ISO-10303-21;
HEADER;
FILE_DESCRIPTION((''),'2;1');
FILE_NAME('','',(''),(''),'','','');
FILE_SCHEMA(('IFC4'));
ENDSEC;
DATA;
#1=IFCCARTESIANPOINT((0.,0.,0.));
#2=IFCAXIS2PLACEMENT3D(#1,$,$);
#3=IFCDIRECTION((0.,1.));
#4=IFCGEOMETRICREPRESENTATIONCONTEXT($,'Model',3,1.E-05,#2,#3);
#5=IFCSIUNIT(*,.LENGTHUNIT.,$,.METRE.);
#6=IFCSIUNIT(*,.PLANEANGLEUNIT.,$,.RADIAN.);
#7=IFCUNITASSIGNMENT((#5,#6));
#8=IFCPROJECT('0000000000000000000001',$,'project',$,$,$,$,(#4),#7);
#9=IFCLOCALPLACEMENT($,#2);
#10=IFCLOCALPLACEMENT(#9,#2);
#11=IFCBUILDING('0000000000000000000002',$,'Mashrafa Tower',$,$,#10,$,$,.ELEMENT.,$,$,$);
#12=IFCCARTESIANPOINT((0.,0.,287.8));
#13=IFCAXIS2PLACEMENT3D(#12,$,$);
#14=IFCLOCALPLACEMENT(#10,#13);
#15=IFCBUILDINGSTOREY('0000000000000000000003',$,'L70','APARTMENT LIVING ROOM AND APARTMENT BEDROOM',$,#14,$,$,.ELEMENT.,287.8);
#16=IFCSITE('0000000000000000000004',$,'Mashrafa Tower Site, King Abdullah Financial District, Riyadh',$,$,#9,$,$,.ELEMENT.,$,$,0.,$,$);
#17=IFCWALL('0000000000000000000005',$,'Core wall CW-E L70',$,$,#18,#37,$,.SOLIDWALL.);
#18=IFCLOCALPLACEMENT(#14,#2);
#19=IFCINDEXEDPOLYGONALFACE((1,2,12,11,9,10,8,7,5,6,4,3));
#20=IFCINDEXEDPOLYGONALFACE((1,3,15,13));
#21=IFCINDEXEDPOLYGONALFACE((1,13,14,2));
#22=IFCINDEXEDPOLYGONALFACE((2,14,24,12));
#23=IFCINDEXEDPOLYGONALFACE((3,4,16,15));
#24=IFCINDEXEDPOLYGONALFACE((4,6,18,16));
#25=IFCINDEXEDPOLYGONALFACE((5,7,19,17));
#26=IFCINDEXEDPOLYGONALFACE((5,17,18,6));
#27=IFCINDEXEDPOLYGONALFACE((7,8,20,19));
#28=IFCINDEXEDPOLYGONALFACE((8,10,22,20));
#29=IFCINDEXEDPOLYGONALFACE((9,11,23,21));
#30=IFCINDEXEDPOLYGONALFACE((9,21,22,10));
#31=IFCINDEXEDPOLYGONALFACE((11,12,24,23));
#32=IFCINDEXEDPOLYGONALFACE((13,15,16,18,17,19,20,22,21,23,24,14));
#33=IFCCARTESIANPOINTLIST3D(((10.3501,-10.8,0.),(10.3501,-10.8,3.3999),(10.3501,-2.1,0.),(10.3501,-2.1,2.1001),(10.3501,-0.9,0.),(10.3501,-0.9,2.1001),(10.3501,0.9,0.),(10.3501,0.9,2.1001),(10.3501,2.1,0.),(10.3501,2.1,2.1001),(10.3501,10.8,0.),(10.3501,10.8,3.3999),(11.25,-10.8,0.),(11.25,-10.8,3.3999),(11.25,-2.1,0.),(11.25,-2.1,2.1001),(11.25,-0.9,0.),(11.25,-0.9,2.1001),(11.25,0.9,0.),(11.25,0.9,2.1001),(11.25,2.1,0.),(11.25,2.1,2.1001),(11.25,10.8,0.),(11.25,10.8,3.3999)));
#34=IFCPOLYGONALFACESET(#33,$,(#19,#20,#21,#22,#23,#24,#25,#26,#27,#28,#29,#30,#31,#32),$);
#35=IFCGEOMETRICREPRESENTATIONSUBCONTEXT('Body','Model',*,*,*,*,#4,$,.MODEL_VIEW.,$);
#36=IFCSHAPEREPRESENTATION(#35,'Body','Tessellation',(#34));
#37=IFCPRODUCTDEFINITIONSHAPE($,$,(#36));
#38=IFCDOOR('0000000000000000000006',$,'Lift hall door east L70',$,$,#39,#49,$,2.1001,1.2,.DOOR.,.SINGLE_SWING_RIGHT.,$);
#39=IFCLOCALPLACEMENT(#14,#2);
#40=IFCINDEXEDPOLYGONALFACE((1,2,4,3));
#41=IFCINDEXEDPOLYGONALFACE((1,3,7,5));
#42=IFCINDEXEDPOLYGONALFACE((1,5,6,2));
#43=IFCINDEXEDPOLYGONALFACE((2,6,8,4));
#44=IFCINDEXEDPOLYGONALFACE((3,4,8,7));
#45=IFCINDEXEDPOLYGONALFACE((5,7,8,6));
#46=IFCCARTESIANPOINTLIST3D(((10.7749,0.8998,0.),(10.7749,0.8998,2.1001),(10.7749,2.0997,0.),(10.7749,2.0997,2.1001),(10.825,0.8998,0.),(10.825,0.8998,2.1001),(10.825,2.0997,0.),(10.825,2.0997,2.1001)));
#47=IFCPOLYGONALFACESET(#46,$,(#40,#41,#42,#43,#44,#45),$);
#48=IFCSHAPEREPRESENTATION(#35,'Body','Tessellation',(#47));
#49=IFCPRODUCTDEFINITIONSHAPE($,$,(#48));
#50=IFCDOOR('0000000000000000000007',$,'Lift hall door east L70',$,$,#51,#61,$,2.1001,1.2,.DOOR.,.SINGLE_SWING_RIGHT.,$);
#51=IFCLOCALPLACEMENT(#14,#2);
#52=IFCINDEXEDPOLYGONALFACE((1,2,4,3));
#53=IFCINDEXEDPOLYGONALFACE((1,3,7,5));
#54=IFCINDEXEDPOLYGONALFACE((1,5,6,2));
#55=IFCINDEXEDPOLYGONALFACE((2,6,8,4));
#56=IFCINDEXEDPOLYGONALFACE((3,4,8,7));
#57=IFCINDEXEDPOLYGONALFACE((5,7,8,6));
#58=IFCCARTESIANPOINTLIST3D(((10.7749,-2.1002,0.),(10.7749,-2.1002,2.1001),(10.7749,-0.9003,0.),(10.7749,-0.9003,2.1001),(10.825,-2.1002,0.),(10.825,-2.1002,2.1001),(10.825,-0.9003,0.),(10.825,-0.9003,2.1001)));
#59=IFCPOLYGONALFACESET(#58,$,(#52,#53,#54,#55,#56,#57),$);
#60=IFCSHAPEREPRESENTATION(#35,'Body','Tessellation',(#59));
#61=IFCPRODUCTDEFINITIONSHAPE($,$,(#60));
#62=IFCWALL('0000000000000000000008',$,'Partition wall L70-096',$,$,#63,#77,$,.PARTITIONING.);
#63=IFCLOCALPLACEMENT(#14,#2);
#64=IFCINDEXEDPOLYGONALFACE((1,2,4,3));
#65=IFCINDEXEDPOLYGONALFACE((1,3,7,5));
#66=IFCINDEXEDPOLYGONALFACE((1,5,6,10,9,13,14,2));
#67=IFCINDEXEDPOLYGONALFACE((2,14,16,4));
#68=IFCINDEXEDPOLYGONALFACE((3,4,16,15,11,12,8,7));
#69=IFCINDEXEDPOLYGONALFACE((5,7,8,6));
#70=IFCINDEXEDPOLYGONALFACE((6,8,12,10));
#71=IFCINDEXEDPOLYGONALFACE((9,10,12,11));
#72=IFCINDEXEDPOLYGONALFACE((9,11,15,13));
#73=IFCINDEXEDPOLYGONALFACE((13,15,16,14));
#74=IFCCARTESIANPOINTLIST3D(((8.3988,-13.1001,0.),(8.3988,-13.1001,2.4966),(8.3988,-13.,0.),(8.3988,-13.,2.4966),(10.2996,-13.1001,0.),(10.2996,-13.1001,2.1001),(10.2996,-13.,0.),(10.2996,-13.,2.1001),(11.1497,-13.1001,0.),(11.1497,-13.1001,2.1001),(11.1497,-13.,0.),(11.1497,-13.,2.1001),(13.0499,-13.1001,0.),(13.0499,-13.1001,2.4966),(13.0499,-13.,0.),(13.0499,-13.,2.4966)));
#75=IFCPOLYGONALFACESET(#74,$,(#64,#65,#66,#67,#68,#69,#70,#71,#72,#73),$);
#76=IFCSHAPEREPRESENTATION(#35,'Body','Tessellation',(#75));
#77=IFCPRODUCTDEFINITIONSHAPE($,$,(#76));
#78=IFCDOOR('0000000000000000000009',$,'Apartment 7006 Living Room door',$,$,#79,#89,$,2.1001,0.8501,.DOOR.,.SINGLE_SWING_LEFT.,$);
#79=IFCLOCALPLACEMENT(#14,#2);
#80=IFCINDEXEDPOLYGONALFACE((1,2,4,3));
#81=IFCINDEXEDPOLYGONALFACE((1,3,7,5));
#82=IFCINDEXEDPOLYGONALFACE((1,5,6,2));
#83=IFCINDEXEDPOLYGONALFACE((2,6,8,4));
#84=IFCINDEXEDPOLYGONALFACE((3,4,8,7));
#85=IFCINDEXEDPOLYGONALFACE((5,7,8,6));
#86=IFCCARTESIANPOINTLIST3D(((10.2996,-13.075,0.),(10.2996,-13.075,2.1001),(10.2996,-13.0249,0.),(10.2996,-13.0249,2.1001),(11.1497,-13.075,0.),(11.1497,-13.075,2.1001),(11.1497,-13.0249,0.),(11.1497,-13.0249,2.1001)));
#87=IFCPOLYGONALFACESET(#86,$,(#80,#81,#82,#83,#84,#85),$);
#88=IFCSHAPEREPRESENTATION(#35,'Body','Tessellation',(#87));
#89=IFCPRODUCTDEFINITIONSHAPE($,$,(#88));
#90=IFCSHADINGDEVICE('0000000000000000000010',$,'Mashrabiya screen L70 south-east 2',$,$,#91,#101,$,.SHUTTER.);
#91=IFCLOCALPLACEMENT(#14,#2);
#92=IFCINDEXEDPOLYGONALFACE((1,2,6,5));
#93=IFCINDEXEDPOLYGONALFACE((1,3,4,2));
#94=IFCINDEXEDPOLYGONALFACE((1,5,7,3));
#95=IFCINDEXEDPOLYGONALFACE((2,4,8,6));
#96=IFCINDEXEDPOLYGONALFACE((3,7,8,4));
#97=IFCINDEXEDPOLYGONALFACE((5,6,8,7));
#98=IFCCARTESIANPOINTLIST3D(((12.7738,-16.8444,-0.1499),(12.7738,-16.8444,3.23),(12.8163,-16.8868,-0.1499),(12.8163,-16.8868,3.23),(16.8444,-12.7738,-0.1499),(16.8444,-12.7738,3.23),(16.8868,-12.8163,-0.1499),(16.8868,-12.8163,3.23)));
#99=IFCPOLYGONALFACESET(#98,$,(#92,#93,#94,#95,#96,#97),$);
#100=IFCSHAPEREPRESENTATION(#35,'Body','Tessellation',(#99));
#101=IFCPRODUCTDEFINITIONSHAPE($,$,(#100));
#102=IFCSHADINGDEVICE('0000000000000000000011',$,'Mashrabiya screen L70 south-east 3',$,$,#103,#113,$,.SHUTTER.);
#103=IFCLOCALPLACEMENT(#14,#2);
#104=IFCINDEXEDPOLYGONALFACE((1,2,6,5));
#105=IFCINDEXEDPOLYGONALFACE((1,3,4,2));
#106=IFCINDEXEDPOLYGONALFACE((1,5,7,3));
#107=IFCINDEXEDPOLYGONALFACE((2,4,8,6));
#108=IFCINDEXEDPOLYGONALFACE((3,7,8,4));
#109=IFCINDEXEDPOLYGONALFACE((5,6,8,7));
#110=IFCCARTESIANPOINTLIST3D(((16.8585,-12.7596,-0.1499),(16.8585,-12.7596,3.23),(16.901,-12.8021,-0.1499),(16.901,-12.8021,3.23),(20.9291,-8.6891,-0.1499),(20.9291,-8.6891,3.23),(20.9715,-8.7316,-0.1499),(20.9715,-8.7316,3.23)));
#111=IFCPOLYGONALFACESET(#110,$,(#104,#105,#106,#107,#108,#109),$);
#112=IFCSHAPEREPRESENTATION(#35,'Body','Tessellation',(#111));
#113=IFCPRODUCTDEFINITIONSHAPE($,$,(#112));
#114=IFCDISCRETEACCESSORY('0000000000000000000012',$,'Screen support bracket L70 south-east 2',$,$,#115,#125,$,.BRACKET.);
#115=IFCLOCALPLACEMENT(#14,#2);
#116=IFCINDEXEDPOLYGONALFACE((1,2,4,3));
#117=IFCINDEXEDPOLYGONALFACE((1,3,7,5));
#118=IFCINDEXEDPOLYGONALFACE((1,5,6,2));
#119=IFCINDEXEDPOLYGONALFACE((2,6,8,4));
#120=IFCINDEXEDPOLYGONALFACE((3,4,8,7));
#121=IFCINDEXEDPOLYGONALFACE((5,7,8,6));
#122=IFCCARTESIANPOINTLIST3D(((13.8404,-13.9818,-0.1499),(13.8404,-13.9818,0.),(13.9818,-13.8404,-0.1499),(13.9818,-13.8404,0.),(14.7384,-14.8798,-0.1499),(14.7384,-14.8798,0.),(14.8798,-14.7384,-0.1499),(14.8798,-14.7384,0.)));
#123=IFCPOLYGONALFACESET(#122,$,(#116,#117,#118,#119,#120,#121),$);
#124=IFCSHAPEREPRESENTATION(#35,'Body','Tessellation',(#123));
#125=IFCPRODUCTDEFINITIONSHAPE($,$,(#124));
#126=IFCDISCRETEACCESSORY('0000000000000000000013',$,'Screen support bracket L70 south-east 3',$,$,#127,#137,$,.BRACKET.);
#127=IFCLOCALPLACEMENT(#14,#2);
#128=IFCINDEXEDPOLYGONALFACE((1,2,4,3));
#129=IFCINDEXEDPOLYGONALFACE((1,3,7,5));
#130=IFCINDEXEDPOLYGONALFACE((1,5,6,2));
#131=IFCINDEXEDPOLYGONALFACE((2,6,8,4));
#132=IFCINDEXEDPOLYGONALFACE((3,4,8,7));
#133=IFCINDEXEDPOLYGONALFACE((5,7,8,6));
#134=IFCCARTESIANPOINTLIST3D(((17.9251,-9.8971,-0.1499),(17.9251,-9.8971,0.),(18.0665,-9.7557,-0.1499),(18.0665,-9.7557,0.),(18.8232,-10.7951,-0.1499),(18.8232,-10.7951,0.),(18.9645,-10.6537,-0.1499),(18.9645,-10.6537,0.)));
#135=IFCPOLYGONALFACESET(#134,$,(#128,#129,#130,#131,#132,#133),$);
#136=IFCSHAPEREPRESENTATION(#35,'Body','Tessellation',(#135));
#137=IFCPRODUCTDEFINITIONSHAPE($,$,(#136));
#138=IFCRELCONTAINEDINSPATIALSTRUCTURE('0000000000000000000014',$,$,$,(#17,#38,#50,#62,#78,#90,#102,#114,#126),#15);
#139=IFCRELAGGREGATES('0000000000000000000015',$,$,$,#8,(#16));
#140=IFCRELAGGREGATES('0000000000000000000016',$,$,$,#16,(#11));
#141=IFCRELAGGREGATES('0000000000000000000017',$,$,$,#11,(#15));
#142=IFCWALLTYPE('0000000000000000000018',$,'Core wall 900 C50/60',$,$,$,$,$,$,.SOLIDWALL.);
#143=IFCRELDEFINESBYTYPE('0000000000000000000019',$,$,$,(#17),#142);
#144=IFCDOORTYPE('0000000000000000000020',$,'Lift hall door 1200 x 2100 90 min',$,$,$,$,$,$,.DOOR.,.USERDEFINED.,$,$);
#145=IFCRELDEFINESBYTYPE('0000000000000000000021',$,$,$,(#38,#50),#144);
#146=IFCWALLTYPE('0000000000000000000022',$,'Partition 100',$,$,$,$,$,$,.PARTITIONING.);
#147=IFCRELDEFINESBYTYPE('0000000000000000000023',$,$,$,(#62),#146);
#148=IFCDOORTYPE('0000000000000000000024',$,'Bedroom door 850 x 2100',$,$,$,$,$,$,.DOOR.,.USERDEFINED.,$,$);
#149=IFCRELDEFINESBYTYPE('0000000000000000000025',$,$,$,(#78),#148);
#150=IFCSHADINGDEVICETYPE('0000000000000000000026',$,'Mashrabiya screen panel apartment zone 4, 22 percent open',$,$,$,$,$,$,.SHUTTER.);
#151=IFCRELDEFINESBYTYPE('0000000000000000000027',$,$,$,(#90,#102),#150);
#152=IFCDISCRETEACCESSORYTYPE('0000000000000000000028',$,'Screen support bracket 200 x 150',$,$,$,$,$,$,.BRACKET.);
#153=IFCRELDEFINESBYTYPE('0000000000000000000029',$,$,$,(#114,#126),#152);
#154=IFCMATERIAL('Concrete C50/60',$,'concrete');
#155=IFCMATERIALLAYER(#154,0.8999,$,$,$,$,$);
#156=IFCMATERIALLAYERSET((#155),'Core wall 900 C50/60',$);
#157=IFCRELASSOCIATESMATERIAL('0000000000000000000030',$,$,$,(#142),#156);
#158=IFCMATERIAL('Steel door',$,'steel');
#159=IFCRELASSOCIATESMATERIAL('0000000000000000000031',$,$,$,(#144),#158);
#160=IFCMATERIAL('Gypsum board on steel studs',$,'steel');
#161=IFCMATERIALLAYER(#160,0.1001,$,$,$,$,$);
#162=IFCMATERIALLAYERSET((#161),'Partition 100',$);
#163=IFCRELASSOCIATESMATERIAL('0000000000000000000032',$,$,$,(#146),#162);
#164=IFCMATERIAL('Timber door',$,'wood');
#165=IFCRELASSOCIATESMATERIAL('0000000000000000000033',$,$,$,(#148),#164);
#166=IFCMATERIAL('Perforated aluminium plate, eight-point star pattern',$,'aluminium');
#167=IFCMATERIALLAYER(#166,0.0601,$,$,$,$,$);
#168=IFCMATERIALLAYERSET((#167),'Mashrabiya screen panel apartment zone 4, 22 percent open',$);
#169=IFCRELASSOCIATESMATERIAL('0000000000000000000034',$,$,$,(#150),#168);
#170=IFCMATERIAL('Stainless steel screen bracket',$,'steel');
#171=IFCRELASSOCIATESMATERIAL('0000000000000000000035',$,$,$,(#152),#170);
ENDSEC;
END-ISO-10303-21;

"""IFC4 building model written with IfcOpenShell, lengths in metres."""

from ifc_helpers import new_model, si_unit, direction, frame, frame_2d, origin, origin_2d, place, context, subcontext, project, spatial, rectangle, extrude, source, transform, mapped, material, layer, layer_set, type_object, type_shapes, element, fill, save


model = new_model("IFC4")

# Units and contexts
model_context = context("Model", 3, precision=1e-05, world=origin(), true_north=direction((0.0, 1.0)))
body_context = subcontext(model_context, "Body", "Model", "MODEL_VIEW")
ifc_project = project(units=[si_unit("LENGTHUNIT", "METRE"), si_unit("PLANEANGLEUNIT", "RADIAN")], contexts=[model_context])

# Site, building, storey
site_placement = place(None, origin())
site = spatial("IfcSite", under=ifc_project, at=site_placement, Name="Mashrafa Tower Site, King Abdullah Financial District, Riyadh", CompositionType="ELEMENT", RefElevation=0.0)
building_placement = place(site_placement, origin())
building = spatial("IfcBuilding", under=site, at=building_placement, Name="Mashrafa Tower", CompositionType="ELEMENT")
storey_placement = place(building_placement, frame((0.0, 0.0, 287.8)))
storey = spatial("IfcBuildingStorey", under=building, at=storey_placement, Name="L70", Description="APARTMENT LIVING ROOM AND APARTMENT BEDROOM", CompositionType="ELEMENT", Elevation=287.8)

# Wall, openings, doors
ifc_material_1 = material(Name="Concrete C50/60", Category="concrete")
ifc_layer_1 = layer(ifc_material_1, 0.8999)
ifc_layer_set_1 = layer_set([ifc_layer_1], Name="Core wall 900 C50/60")
wall_type_1 = type_object("IfcWallType", Name="Core wall 900 C50/60", PredefinedType="SOLIDWALL", material=ifc_layer_set_1)
wall_1_placement = place(storey_placement, frame((10.8, -10.8, 0.0), z_axis=(0.0, 0.0, 1.0), x_axis=(0.0, 1.0, 0.0)))
wall_1 = element("IfcWall", 1, at=wall_1_placement, inside=storey, type_object=wall_type_1, Name="Core wall CW-E L70", PredefinedType="SOLIDWALL", context=body_context, shape_type="SweptSolid", body=[
    extrude(rectangle(XDim=21.6001, YDim=0.8999, at=frame_2d((10.8, 0.0))), origin(), (0.0, 0.0, 1.0), 3.3999),
])
opening_1_placement = place(wall_1_placement, frame((11.7, 0.0, 0.0)))
opening_1 = element("IfcOpeningElement", 2, at=opening_1_placement, cuts=wall_1, PredefinedType="OPENING", context=body_context, shape_type="SweptSolid", body=[
    extrude(rectangle(XDim=1.2, YDim=2.1001, at=frame_2d((0.6001, 1.05))), frame((0.0, 0.46, 0.0), z_axis=(0.0, -1.0, 0.0), x_axis=(1.0, 0.0, 0.0)), (0.0, 0.0, 1.0), 0.9199),
])
opening_2_placement = place(wall_1_placement, frame((8.7, 0.0, 0.0)))
opening_2 = element("IfcOpeningElement", 3, at=opening_2_placement, cuts=wall_1, PredefinedType="OPENING", context=body_context, shape_type="SweptSolid", body=[
    extrude(rectangle(XDim=1.2, YDim=2.1001, at=frame_2d((0.6001, 1.05))), frame((0.0, 0.46, 0.0), z_axis=(0.0, -1.0, 0.0), x_axis=(1.0, 0.0, 0.0)), (0.0, 0.0, 1.0), 0.9199),
])
ifc_material_2 = material(Name="Steel door", Category="steel")
door_type_1 = type_object("IfcDoorType", Name="Lift hall door 1200 x 2100 90 min", OperationType="USERDEFINED", PredefinedType="DOOR", material=ifc_material_2)
door_1_placement = place(opening_1_placement, frame((1.2, 0.0, 0.0), z_axis=(0.0, 0.0, 1.0), x_axis=(-1.0, 0.0, 0.0)))
door_1 = element("IfcDoor", 4, at=door_1_placement, inside=storey, type_object=door_type_1, Name="Lift hall door east L70", OperationType="SINGLE_SWING_RIGHT", OverallHeight=2.1001, OverallWidth=1.2, PredefinedType="DOOR", context=body_context, shape_type="SweptSolid", body=[
    extrude(rectangle(XDim=1.2, YDim=2.1001, at=frame_2d((0.6001, 1.05))), frame((0.0, 0.0249, 0.0), z_axis=(0.0, -1.0, 0.0), x_axis=(1.0, 0.0, 0.0)), (0.0, 0.0, 1.0), 0.05),
])
fill(opening_1, door_1)
door_2_placement = place(opening_2_placement, frame((1.2, 0.0, 0.0), z_axis=(0.0, 0.0, 1.0), x_axis=(-1.0, 0.0, 0.0)))
door_2 = element("IfcDoor", 5, at=door_2_placement, inside=storey, type_object=door_type_1, Name="Lift hall door east L70", OperationType="SINGLE_SWING_RIGHT", OverallHeight=2.1001, OverallWidth=1.2, PredefinedType="DOOR", context=body_context, shape_type="SweptSolid", body=[
    extrude(rectangle(XDim=1.2, YDim=2.1001, at=frame_2d((0.6001, 1.05))), frame((0.0, 0.0249, 0.0), z_axis=(0.0, -1.0, 0.0), x_axis=(1.0, 0.0, 0.0)), (0.0, 0.0, 1.0), 0.05),
])
fill(opening_2, door_2)

# Wall, opening, door
ifc_material_3 = material(Name="Gypsum board on steel studs", Category="steel")
ifc_layer_2 = layer(ifc_material_3, 0.1001)
ifc_layer_set_2 = layer_set([ifc_layer_2], Name="Partition 100")
wall_type_2 = type_object("IfcWallType", Name="Partition 100", PredefinedType="PARTITIONING", material=ifc_layer_set_2)
wall_2_placement = place(storey_placement, frame((13.05, -13.05, 0.0), z_axis=(0.0, 0.0, 1.0), x_axis=(-1.0, 0.0, 0.0)))
wall_2 = element("IfcWall", 6, at=wall_2_placement, inside=storey, type_object=wall_type_2, Name="Partition wall L70-096", PredefinedType="PARTITIONING", context=body_context, shape_type="SweptSolid", body=[
    extrude(rectangle(XDim=4.6511, YDim=0.1001, at=frame_2d((2.3257, 0.0))), origin(), (0.0, 0.0, 1.0), 2.4966),
])
opening_3_placement = place(wall_2_placement, frame((1.9004, 0.0, 0.0)))
opening_3 = element("IfcOpeningElement", 7, at=opening_3_placement, cuts=wall_2, PredefinedType="OPENING", context=body_context, shape_type="SweptSolid", body=[
    extrude(rectangle(XDim=0.8501, YDim=2.1001, at=frame_2d((0.425, 1.05))), frame((0.0, 0.0601, 0.0), z_axis=(0.0, -1.0, 0.0), x_axis=(1.0, 0.0, 0.0)), (0.0, 0.0, 1.0), 0.1201),
])
ifc_material_4 = material(Name="Timber door", Category="wood")
door_type_2 = type_object("IfcDoorType", Name="Bedroom door 850 x 2100", OperationType="USERDEFINED", PredefinedType="DOOR", material=ifc_material_4)
door_3_placement = place(opening_3_placement, origin())
door_3 = element("IfcDoor", 8, at=door_3_placement, inside=storey, type_object=door_type_2, Name="Apartment 7006 Living Room door", OperationType="SINGLE_SWING_LEFT", OverallHeight=2.1001, OverallWidth=0.8501, PredefinedType="DOOR", context=body_context, shape_type="SweptSolid", body=[
    extrude(rectangle(XDim=0.8501, YDim=2.1001, at=frame_2d((0.425, 1.05))), frame((0.0, 0.0249, 0.0), z_axis=(0.0, -1.0, 0.0), x_axis=(1.0, 0.0, 0.0)), (0.0, 0.0, 1.0), 0.05),
])
fill(opening_3, door_3)

# Shading devices
ifc_material_5 = material(Name="Perforated aluminium plate, eight-point star pattern", Category="aluminium")
ifc_layer_3 = layer(ifc_material_5, 0.0601)
ifc_layer_set_3 = layer_set([ifc_layer_3], Name="Mashrabiya screen panel apartment zone 4, 22 percent open")
shading_device_type = type_object("IfcShadingDeviceType", Name="Mashrabiya screen panel apartment zone 4, 22 percent open", PredefinedType="SHUTTER", material=ifc_layer_set_3)
shared_shape_1 = source(origin(), body_context, "Body", "SweptSolid", [
    extrude(rectangle(XDim=5.7566, YDim=0.0601, at=origin_2d()), origin(), (0.0, 0.0, 1.0), 3.3799),
])
type_shapes(shading_device_type, [shared_shape_1])
for number, where, z_axis, x_axis, name in (
    (9, (14.8303, -14.8303, -0.1499), (0.0, 0.0, 1.0), (0.707107, 0.707107, 0.0), "Mashrabiya screen L70 south-east 2"),
    (10, (18.915, -10.7456, -0.1499), (0.0, 0.0, 1.0), (0.707107, 0.707107, 0.0), "Mashrabiya screen L70 south-east 3"),
):
    element("IfcShadingDevice", number, at=place(storey_placement, frame(where, z_axis=z_axis, x_axis=x_axis)), inside=storey, type_object=shading_device_type, Name=name, PredefinedType="SHUTTER", context=body_context, shape_type="MappedRepresentation", body=[
        mapped(shared_shape_1, transform((0.0, 0.0, 0.0))),
    ])

# Discrete accessories
ifc_material_6 = material(Name="Stainless steel screen bracket", Category="steel")
discrete_accessory_type = type_object("IfcDiscreteAccessoryType", Name="Screen support bracket 200 x 150", PredefinedType="BRACKET", material=ifc_material_6)
shared_shape_2 = source(origin(), body_context, "Body", "SweptSolid", [
    extrude(rectangle(XDim=0.2, YDim=1.27, at=origin_2d()), origin(), (0.0, 0.0, 1.0), 0.1499),
])
type_shapes(discrete_accessory_type, [shared_shape_2])
for number, where, z_axis, x_axis, name in (
    (11, (14.3601, -14.3601, -0.1499), (0.0, 0.0, 1.0), (0.707107, 0.707107, 0.0), "Screen support bracket L70 south-east 2"),
    (12, (18.4448, -10.2754, -0.1499), (0.0, 0.0, 1.0), (0.707107, 0.707107, 0.0), "Screen support bracket L70 south-east 3"),
):
    element("IfcDiscreteAccessory", number, at=place(storey_placement, frame(where, z_axis=z_axis, x_axis=x_axis)), inside=storey, type_object=discrete_accessory_type, Name=name, PredefinedType="BRACKET", context=body_context, shape_type="MappedRepresentation", body=[
        mapped(shared_shape_2, transform((0.0, 0.0, 0.0))),
    ])

save(model, "model.ifc")
